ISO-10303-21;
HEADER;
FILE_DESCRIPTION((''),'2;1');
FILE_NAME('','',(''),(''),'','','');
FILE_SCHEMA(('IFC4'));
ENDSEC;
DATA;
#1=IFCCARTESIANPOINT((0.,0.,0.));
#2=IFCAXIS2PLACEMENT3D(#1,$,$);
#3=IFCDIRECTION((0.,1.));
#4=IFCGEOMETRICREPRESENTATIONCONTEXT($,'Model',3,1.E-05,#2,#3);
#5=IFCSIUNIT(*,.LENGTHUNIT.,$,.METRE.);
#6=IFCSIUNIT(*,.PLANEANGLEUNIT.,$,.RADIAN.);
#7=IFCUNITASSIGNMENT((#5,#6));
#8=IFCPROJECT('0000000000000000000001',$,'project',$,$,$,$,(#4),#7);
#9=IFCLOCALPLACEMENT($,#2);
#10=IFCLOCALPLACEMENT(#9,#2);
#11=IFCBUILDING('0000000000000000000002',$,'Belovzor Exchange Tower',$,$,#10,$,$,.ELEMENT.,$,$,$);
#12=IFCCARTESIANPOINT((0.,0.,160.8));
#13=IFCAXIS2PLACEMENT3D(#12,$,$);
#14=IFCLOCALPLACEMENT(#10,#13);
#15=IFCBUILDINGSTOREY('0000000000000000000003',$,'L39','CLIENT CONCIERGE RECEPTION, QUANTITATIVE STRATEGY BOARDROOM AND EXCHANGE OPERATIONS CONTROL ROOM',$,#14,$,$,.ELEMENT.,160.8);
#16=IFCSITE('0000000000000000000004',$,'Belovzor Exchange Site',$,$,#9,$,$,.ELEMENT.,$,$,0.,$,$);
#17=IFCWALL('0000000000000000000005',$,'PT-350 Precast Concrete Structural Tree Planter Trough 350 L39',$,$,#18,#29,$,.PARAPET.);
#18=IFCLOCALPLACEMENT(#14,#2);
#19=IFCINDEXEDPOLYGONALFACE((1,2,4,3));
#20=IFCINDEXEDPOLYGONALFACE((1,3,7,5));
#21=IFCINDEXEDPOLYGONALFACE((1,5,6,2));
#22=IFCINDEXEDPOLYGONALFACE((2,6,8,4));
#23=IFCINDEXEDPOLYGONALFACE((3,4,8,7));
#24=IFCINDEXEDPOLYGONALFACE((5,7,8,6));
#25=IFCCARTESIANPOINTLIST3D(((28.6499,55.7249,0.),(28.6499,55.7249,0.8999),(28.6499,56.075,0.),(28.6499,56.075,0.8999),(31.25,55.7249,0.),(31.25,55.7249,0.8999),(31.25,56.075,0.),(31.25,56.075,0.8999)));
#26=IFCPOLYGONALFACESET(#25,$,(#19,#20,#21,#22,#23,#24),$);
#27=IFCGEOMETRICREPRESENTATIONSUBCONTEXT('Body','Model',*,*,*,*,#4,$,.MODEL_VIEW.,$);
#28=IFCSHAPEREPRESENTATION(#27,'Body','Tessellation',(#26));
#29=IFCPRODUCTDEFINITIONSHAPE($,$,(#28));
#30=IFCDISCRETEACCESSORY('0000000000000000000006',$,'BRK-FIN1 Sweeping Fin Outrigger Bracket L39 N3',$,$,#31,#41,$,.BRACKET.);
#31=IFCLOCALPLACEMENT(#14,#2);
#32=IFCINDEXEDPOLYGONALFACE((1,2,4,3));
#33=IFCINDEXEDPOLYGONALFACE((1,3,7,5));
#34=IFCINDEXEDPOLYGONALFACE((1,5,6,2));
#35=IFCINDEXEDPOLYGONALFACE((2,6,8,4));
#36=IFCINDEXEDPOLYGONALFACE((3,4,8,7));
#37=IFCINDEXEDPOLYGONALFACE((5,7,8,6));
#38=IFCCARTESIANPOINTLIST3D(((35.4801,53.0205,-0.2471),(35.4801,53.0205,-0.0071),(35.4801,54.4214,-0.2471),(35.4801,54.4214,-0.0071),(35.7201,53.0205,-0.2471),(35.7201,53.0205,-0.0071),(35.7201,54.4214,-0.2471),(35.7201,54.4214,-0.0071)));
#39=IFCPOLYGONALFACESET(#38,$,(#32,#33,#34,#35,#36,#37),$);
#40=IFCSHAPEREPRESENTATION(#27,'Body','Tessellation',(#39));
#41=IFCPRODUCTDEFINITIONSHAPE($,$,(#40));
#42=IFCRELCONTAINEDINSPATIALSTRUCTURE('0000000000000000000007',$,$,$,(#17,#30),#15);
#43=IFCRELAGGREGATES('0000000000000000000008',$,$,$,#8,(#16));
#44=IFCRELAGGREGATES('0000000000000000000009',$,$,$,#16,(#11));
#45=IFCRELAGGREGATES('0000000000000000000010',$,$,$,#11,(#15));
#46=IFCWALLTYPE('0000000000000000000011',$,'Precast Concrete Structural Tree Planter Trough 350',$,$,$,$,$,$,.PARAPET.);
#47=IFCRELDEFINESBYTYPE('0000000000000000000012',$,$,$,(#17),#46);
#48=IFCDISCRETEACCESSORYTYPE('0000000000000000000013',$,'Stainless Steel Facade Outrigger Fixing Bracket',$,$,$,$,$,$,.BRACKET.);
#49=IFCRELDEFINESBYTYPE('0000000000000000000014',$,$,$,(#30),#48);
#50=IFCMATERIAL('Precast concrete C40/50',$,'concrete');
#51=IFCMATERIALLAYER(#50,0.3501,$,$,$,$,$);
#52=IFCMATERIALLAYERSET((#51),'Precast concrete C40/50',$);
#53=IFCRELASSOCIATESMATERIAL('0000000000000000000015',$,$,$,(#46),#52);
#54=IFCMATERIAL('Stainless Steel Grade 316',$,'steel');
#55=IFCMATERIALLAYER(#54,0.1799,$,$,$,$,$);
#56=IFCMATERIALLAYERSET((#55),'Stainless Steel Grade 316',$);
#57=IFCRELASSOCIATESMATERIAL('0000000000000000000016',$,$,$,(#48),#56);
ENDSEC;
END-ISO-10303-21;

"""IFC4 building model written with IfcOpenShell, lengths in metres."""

from ifc_helpers import new_model, si_unit, direction, frame, frame_2d, origin, origin_2d, place, context, subcontext, project, spatial, rectangle, extrude, material, layer, layer_set, type_object, element, save


model = new_model("IFC4")

# Units and contexts
model_context = context("Model", 3, precision=1e-05, world=origin(), true_north=direction((0.0, 1.0)))
body_context = subcontext(model_context, "Body", "Model", "MODEL_VIEW")
ifc_project = project(units=[si_unit("LENGTHUNIT", "METRE"), si_unit("PLANEANGLEUNIT", "RADIAN")], contexts=[model_context])

# Site, building, storey
site_placement = place(None, origin())
site = spatial("IfcSite", under=ifc_project, at=site_placement, Name="Belovzor Exchange Site", CompositionType="ELEMENT", RefElevation=0.0)
building_placement = place(site_placement, origin())
building = spatial("IfcBuilding", under=site, at=building_placement, Name="Belovzor Exchange Tower", CompositionType="ELEMENT")
storey_placement = place(building_placement, frame((0.0, 0.0, 160.8)))
storey = spatial("IfcBuildingStorey", under=building, at=storey_placement, Name="L39", Description="CLIENT CONCIERGE RECEPTION, QUANTITATIVE STRATEGY BOARDROOM AND EXCHANGE OPERATIONS CONTROL ROOM", CompositionType="ELEMENT", Elevation=160.8)

# Wall
ifc_material_1 = material(Name="Precast concrete C40/50", Category="concrete")
ifc_layer_1 = layer(ifc_material_1, 0.3501)
ifc_layer_set_1 = layer_set([ifc_layer_1], Name="Precast concrete C40/50")
wall_type_1 = type_object("IfcWallType", Name="Precast Concrete Structural Tree Planter Trough 350", PredefinedType="PARAPET", material=ifc_layer_set_1)
wall_1_placement = place(storey_placement, frame((28.6499, 55.8999, 0.0), z_axis=(0.0, 0.0, 1.0), x_axis=(1.0, 0.0, 0.0)))
element("IfcWall", 1, at=wall_1_placement, inside=storey, type_object=wall_type_1, Name="PT-350 Precast Concrete Structural Tree Planter Trough 350 L39", PredefinedType="PARAPET", context=body_context, shape_type="SweptSolid", body=[
    extrude(rectangle(XDim=2.6001, YDim=0.3501, at=frame_2d((1.3, 0.0))), origin(), (0.0, 0.0, 1.0), 0.8999),
])

# Discrete accessory
ifc_material_2 = material(Name="Stainless Steel Grade 316", Category="steel")
ifc_layer_2 = layer(ifc_material_2, 0.1799)
ifc_layer_set_2 = layer_set([ifc_layer_2], Name="Stainless Steel Grade 316")
discrete_accessory_type = type_object("IfcDiscreteAccessoryType", Name="Stainless Steel Facade Outrigger Fixing Bracket", PredefinedType="BRACKET", material=ifc_layer_set_2)
discrete_accessory_placement = place(storey_placement, frame((35.6001, 53.7209, -0.2471), z_axis=(0.0, 0.0, 1.0), x_axis=(0.0, 1.0, 0.0)))
element("IfcDiscreteAccessory", 2, at=discrete_accessory_placement, inside=storey, type_object=discrete_accessory_type, Name="BRK-FIN1 Sweeping Fin Outrigger Bracket L39 N3", PredefinedType="BRACKET", context=body_context, shape_type="SweptSolid", body=[
    extrude(rectangle(XDim=1.4009, YDim=0.24, at=origin_2d()), origin(), (0.0, 0.0, 1.0), 0.24),
])

save(model, "model.ifc")
